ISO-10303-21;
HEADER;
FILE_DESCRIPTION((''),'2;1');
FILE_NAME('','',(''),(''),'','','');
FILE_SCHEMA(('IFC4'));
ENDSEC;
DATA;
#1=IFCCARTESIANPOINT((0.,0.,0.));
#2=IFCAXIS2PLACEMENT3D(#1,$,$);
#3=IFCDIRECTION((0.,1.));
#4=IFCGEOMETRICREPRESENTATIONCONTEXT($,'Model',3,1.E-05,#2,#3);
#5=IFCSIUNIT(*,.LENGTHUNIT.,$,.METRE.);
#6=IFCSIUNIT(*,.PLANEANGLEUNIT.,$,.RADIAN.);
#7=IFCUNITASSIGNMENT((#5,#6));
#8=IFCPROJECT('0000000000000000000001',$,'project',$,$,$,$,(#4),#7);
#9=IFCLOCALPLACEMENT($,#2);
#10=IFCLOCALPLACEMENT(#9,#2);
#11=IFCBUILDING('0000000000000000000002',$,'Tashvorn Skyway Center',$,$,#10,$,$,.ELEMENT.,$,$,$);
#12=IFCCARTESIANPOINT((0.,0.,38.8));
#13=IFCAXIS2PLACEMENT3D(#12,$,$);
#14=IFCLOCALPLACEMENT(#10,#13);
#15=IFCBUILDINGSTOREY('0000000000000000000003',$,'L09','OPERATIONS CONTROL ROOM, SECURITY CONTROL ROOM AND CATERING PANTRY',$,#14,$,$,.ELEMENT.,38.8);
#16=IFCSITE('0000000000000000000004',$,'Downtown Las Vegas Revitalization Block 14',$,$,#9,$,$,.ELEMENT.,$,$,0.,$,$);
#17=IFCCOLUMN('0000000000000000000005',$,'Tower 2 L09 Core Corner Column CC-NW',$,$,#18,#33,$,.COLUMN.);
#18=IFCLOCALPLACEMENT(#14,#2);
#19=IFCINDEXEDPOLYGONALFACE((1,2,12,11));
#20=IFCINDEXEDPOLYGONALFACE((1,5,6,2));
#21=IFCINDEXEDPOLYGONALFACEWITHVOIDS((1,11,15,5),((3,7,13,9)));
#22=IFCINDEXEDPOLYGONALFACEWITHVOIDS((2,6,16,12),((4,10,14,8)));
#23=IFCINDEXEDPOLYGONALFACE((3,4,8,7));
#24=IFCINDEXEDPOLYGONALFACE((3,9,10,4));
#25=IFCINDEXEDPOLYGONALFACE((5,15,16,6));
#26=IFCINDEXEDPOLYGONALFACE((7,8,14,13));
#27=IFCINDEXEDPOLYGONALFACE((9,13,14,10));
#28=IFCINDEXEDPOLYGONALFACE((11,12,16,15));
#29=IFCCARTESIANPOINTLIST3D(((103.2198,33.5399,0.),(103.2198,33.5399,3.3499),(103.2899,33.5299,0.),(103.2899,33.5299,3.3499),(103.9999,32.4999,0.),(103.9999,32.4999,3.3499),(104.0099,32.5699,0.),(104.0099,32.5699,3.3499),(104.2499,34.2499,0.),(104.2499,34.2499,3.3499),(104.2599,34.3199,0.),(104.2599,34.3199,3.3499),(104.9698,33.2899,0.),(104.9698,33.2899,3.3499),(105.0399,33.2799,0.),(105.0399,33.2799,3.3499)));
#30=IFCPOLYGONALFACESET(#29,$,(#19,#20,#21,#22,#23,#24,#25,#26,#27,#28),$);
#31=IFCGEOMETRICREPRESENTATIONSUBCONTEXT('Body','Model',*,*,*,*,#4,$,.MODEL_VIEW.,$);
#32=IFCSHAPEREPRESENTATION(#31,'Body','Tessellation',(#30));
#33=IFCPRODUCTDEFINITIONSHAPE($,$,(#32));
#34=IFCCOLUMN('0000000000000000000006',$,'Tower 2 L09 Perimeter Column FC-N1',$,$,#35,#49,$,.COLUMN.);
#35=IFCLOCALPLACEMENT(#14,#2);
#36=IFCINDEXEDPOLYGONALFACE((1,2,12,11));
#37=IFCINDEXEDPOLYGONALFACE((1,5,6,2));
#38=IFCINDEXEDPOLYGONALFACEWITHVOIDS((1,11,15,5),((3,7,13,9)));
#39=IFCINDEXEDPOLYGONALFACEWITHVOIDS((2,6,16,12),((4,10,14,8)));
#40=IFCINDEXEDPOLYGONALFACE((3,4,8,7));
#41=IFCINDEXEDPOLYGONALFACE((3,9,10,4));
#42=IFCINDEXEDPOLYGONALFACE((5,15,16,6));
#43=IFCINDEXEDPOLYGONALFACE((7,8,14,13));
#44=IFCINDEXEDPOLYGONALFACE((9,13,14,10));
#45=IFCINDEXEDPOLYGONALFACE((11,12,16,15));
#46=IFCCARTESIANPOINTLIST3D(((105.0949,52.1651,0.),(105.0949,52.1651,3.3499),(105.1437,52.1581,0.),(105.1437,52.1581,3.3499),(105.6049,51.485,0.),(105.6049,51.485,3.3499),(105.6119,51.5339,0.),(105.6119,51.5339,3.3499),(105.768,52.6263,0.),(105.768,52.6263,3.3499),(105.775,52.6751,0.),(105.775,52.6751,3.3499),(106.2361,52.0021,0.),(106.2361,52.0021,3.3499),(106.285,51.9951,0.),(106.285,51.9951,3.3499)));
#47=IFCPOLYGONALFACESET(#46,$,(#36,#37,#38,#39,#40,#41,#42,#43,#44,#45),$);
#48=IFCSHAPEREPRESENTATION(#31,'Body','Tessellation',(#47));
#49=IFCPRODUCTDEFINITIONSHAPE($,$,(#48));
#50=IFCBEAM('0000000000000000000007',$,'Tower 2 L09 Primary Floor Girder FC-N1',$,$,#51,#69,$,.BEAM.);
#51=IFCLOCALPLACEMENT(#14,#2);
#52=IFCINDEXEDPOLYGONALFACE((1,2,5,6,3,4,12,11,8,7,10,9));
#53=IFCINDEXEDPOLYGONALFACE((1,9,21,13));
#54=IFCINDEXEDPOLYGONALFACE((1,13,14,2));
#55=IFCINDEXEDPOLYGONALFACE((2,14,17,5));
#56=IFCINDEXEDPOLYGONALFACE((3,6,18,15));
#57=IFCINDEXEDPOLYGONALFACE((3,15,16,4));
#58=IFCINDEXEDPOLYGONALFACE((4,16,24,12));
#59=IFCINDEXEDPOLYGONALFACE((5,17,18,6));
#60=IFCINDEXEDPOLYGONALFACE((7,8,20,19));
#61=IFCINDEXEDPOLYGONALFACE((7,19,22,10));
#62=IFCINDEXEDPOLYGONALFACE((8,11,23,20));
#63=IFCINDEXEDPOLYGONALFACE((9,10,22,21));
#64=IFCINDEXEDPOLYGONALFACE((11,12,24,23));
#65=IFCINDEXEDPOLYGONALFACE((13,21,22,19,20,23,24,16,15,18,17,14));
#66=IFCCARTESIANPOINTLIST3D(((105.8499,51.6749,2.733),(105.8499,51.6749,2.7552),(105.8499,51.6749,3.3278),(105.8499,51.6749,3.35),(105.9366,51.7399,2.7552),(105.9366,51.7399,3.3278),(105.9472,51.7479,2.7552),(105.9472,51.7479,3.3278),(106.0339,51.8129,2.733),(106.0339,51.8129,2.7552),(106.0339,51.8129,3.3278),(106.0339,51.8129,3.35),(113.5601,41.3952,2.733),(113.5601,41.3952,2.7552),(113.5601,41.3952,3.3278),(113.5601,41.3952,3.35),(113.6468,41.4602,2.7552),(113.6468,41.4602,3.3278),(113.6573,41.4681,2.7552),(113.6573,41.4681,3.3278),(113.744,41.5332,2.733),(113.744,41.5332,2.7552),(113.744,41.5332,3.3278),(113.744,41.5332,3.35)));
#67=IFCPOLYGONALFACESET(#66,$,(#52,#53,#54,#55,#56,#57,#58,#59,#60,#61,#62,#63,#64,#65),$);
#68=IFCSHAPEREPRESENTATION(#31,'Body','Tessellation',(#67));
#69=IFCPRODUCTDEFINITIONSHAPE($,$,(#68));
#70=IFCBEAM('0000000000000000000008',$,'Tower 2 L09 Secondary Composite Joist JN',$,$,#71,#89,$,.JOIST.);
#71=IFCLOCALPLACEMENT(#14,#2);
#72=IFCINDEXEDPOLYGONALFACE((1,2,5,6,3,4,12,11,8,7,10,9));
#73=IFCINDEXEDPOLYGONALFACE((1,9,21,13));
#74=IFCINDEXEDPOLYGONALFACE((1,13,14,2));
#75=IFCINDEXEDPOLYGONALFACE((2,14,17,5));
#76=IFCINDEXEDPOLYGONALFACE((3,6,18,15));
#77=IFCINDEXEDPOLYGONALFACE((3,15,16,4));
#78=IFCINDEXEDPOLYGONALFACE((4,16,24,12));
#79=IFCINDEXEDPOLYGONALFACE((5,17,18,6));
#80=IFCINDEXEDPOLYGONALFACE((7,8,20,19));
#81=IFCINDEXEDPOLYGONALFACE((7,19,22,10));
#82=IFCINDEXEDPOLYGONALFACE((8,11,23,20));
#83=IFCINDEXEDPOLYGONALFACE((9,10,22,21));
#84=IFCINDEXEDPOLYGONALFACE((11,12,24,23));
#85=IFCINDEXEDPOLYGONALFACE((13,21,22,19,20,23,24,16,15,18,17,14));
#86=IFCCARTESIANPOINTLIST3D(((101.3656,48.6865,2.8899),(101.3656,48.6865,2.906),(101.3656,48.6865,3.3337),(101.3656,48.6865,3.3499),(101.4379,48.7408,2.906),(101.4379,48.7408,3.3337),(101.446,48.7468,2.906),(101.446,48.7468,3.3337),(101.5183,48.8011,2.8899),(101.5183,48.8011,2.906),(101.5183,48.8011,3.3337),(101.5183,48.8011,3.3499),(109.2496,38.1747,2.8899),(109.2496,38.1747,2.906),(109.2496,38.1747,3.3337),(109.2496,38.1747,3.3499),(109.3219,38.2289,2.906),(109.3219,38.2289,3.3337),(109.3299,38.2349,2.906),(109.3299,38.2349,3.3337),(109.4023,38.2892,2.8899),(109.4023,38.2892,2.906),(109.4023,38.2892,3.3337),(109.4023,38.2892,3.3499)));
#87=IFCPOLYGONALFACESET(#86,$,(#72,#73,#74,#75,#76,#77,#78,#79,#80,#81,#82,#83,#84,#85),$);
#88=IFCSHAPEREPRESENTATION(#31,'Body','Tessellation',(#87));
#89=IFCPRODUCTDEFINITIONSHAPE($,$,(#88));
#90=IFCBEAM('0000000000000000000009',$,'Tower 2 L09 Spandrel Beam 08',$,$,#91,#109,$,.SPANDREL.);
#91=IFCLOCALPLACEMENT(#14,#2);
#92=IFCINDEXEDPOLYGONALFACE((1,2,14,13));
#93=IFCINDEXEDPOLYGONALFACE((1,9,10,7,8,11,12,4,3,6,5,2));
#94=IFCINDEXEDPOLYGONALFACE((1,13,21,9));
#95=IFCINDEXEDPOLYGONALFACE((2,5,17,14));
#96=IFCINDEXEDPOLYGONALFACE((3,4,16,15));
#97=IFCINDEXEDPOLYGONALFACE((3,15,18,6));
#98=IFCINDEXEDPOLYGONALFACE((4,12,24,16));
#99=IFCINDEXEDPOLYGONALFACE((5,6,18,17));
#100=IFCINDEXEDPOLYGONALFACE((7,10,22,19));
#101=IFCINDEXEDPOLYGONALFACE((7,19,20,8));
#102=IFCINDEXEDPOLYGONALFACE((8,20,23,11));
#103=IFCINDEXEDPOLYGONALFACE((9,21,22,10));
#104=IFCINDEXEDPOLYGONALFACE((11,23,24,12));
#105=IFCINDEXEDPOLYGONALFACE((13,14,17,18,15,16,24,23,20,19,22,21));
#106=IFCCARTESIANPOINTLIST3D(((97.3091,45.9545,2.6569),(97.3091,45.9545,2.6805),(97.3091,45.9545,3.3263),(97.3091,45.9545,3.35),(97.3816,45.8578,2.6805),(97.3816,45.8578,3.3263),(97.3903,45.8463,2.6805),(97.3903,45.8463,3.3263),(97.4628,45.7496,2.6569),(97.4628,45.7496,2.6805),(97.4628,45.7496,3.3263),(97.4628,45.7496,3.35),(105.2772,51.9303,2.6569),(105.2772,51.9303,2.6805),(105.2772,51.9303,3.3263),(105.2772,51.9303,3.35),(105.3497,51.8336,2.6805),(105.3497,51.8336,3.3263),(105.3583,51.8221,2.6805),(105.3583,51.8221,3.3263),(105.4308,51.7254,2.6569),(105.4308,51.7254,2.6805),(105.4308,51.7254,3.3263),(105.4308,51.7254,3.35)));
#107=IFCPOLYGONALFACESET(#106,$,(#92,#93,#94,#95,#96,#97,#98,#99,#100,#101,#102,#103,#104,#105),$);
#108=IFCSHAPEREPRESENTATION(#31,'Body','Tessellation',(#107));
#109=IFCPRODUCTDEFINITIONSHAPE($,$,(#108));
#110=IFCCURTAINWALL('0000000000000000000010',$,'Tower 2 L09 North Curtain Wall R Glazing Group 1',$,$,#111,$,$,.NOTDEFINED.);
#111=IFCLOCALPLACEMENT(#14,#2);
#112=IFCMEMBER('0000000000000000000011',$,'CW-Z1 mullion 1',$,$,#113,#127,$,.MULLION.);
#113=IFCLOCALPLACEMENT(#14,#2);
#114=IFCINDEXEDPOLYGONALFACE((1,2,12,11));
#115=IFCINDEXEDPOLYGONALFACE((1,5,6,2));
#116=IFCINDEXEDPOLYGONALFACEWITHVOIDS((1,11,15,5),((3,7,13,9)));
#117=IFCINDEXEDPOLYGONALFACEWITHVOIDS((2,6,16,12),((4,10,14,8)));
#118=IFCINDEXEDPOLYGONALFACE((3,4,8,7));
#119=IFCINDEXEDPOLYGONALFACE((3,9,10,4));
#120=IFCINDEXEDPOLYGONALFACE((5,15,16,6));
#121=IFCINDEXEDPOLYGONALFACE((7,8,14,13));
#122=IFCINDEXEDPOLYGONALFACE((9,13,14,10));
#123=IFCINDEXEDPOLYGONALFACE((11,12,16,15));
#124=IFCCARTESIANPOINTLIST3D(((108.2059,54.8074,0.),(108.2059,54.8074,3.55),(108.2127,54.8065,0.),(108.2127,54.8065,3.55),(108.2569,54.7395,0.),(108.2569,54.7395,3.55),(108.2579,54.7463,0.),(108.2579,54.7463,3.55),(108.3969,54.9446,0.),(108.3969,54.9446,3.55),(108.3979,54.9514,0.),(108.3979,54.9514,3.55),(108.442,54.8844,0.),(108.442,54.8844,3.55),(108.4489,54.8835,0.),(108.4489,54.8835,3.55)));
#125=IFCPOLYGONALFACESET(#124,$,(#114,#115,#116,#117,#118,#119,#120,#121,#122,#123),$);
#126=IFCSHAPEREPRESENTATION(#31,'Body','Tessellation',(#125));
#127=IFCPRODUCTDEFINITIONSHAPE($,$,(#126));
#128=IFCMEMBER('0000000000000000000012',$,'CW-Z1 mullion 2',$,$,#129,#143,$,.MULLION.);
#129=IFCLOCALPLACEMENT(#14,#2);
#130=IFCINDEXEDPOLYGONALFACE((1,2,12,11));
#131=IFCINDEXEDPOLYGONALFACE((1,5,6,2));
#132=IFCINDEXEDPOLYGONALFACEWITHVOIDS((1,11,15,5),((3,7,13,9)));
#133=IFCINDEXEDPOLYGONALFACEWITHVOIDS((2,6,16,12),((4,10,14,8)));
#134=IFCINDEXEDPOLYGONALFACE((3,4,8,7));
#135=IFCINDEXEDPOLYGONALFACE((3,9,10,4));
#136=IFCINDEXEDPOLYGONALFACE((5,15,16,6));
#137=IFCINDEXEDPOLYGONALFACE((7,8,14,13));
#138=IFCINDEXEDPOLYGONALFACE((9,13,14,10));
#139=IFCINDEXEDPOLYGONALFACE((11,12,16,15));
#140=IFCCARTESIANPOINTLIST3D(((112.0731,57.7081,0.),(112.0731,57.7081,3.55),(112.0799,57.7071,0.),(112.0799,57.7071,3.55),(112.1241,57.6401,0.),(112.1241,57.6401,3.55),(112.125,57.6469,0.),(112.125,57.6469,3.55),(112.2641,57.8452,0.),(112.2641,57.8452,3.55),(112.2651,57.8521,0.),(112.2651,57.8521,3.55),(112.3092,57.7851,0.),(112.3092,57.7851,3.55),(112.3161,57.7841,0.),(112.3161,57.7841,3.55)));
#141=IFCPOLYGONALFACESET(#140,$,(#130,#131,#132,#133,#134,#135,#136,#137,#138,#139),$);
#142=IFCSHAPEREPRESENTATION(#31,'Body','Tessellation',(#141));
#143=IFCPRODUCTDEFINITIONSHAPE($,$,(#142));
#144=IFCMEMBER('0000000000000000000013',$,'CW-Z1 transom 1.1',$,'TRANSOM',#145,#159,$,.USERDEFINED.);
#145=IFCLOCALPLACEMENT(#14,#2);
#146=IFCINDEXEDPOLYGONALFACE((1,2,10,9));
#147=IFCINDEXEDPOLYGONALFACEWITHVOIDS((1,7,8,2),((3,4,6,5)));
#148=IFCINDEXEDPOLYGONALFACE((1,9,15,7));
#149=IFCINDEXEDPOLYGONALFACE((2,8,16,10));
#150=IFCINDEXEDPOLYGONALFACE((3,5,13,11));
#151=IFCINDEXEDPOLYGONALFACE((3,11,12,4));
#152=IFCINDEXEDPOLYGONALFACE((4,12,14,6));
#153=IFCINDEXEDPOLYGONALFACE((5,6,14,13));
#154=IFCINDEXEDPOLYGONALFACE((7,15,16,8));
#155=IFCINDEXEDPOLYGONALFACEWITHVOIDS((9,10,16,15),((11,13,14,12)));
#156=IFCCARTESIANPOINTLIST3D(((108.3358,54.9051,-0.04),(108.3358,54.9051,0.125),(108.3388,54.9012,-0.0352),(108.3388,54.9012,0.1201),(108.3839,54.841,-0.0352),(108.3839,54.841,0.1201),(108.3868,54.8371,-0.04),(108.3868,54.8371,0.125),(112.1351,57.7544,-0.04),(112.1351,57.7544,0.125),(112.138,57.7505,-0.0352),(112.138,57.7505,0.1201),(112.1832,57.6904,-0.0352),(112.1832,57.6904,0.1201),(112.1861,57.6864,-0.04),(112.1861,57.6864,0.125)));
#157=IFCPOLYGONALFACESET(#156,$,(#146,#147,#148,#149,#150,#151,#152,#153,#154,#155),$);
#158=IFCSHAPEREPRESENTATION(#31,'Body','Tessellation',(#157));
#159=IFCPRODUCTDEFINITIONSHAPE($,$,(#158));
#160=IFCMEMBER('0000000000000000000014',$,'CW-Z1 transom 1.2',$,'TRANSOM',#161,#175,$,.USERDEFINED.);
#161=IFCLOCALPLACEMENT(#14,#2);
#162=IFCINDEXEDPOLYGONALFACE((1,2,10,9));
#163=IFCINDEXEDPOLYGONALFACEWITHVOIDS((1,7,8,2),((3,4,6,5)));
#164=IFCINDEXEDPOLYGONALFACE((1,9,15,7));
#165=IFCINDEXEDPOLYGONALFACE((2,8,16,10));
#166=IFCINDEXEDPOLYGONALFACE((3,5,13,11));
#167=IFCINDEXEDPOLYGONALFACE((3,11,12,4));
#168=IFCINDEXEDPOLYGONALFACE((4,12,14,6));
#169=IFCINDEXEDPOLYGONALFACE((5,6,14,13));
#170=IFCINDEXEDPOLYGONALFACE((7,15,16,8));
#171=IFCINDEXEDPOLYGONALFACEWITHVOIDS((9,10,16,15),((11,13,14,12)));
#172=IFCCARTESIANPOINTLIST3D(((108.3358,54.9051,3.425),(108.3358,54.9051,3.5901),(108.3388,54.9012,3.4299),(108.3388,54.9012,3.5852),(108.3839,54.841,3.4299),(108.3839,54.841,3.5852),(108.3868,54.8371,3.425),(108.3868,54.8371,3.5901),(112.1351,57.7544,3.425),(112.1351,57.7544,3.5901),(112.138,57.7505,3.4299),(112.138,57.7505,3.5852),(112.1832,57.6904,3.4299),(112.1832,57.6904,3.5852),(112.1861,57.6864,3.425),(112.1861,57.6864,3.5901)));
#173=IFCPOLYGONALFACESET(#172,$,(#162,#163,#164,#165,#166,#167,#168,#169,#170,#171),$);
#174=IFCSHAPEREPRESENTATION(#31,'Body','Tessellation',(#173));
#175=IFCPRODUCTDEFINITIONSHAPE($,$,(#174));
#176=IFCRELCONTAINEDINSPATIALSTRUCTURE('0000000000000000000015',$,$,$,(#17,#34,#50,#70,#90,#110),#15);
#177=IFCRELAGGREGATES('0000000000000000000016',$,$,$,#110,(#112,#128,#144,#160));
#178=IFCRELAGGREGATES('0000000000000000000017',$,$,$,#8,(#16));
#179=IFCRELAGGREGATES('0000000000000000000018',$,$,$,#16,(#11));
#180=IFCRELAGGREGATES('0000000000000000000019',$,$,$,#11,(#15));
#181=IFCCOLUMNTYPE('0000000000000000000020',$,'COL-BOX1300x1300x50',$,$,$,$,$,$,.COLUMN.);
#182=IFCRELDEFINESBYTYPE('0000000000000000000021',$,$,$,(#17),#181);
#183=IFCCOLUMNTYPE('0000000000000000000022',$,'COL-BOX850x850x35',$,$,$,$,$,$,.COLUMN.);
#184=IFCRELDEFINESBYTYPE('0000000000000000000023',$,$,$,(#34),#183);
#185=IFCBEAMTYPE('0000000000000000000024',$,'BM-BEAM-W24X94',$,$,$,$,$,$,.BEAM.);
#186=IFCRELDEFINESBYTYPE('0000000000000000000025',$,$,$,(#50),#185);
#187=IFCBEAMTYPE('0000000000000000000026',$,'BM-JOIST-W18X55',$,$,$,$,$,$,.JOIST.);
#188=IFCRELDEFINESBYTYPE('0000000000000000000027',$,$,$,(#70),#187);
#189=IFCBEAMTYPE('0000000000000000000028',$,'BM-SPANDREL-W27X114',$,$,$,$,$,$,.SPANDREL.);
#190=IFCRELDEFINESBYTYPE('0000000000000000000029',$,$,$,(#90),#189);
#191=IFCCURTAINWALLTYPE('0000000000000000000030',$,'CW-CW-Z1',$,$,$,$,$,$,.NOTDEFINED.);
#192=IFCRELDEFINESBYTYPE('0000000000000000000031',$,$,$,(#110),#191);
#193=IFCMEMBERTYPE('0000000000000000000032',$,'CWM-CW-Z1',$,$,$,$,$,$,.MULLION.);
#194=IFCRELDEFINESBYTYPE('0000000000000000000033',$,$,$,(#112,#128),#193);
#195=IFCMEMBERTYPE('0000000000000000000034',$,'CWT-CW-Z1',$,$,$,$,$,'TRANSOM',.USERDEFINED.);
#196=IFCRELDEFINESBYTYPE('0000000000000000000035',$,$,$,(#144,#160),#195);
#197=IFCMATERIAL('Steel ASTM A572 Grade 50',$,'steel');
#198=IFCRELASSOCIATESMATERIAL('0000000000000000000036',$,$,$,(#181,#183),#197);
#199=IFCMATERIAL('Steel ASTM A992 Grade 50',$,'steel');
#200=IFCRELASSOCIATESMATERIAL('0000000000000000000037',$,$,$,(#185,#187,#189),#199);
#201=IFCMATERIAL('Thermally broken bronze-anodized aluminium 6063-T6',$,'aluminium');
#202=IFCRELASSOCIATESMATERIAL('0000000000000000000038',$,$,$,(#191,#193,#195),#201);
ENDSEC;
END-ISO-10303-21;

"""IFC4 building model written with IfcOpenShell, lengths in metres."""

from ifc_helpers import new_model, si_unit, direction, frame, origin, origin_2d, place, context, subcontext, project, spatial, hollow_rectangle, i_section, extrude, material, material_profile, profile_set, type_object, element, aggregate, save


model = new_model("IFC4")

# Units and contexts
model_context = context("Model", 3, precision=1e-05, world=origin(), true_north=direction((0.0, 1.0)))
body_context = subcontext(model_context, "Body", "Model", "MODEL_VIEW")
ifc_project = project(units=[si_unit("LENGTHUNIT", "METRE"), si_unit("PLANEANGLEUNIT", "RADIAN")], contexts=[model_context])

# Site, building, storey
site_placement = place(None, origin())
site = spatial("IfcSite", under=ifc_project, at=site_placement, Name="Downtown Las Vegas Revitalization Block 14", CompositionType="ELEMENT", RefElevation=0.0)
building_placement = place(site_placement, origin())
building = spatial("IfcBuilding", under=site, at=building_placement, Name="Tashvorn Skyway Center", CompositionType="ELEMENT")
storey_placement = place(building_placement, frame((0.0, 0.0, 38.8)))
storey = spatial("IfcBuildingStorey", under=building, at=storey_placement, Name="L09", Description="OPERATIONS CONTROL ROOM, SECURITY CONTROL ROOM AND CATERING PANTRY", CompositionType="ELEMENT", Elevation=38.8)

# Columns
ifc_material_1 = material(Name="Steel ASTM A572 Grade 50", Category="steel")
ifc_material_profile_1 = material_profile(ifc_material_1, hollow_rectangle(XDim=1.3, YDim=1.3, WallThickness=0.05, at=origin_2d()), Name="BOX1300x1300x50")
ifc_profile_set_1 = profile_set([ifc_material_profile_1], Name="Steel ASTM A572 Grade 50")
column_type_1 = type_object("IfcColumnType", Name="COL-BOX1300x1300x50", PredefinedType="COLUMN", material=ifc_profile_set_1)
column_1_placement = place(storey_placement, frame((104.1299, 33.4099, 0.0), z_axis=(0.0, 0.0, 1.0), x_axis=(0.8, 0.6, 0.0)))
element("IfcColumn", 1, at=column_1_placement, inside=storey, type_object=column_type_1, Name="Tower 2 L09 Core Corner Column CC-NW", PredefinedType="COLUMN", context=body_context, shape_type="SweptSolid", body=[
    extrude(hollow_rectangle(XDim=1.3, YDim=1.3, WallThickness=0.05, at=origin_2d()), origin(), (0.0, 0.0, 1.0), 3.3499),
])
ifc_material_profile_2 = material_profile(ifc_material_1, hollow_rectangle(XDim=0.8501, YDim=0.8501, WallThickness=0.0349, at=origin_2d()), Name="BOX850x850x35")
ifc_profile_set_2 = profile_set([ifc_material_profile_2], Name="Steel ASTM A572 Grade 50")
column_type_2 = type_object("IfcColumnType", Name="COL-BOX850x850x35", PredefinedType="COLUMN", material=ifc_profile_set_2)
column_2_placement = place(storey_placement, frame((105.6899, 52.0801, 0.0), z_axis=(0.0, 0.0, 1.0), x_axis=(0.8, 0.6, 0.0)))
element("IfcColumn", 2, at=column_2_placement, inside=storey, type_object=column_type_2, Name="Tower 2 L09 Perimeter Column FC-N1", PredefinedType="COLUMN", context=body_context, shape_type="SweptSolid", body=[
    extrude(hollow_rectangle(XDim=0.8501, YDim=0.8501, WallThickness=0.0349, at=origin_2d()), origin(), (0.0, 0.0, 1.0), 3.3499),
])

# Beams
ifc_material_2 = material(Name="Steel ASTM A992 Grade 50", Category="steel")
ifc_material_profile_3 = material_profile(ifc_material_2, i_section(OverallWidth=0.23, OverallDepth=0.6169, WebThickness=0.0132, FlangeThickness=0.0222, at=origin_2d()), Name="W24X94")
ifc_profile_set_3 = profile_set([ifc_material_profile_3], Name="Steel ASTM A992 Grade 50")
beam_type_1 = type_object("IfcBeamType", Name="BM-BEAM-W24X94", PredefinedType="BEAM", material=ifc_profile_set_3)
beam_1_placement = place(storey_placement, frame((105.9419, 51.7439, 3.0415), z_axis=(0.600018, -0.799986, 0.0), x_axis=(0.799986, 0.600018, 0.0)))
element("IfcBeam", 3, at=beam_1_placement, inside=storey, type_object=beam_type_1, Name="Tower 2 L09 Primary Floor Girder FC-N1", PredefinedType="BEAM", context=body_context, shape_type="SweptSolid", body=[
    extrude(i_section(OverallWidth=0.23, OverallDepth=0.6169, WebThickness=0.0132, FlangeThickness=0.0222, at=origin_2d()), origin(), (0.0, 0.0, 1.0), 12.8499),
])
ifc_material_profile_4 = material_profile(ifc_material_2, i_section(OverallWidth=0.1909, OverallDepth=0.46, WebThickness=0.01, FlangeThickness=0.0161, at=origin_2d()), Name="W18X55")
ifc_profile_set_4 = profile_set([ifc_material_profile_4], Name="Steel ASTM A992 Grade 50")
beam_type_2 = type_object("IfcBeamType", Name="BM-JOIST-W18X55", PredefinedType="JOIST", material=ifc_profile_set_4)
beam_2_placement = place(storey_placement, frame((109.3259, 38.2319, 3.1199), z_axis=(-0.600003, 0.799998, 0.0), x_axis=(-0.799998, -0.600003, 0.0)))
element("IfcBeam", 4, at=beam_2_placement, inside=storey, type_object=beam_type_2, Name="Tower 2 L09 Secondary Composite Joist JN", PredefinedType="JOIST", context=body_context, shape_type="SweptSolid", body=[
    extrude(i_section(OverallWidth=0.1909, OverallDepth=0.46, WebThickness=0.01, FlangeThickness=0.0161, at=origin_2d()), origin(), (0.0, 0.0, 1.0), 13.1399),
])
ifc_material_profile_5 = material_profile(ifc_material_2, i_section(OverallWidth=0.2561, OverallDepth=0.6931, WebThickness=0.0144, FlangeThickness=0.0237, at=origin_2d()), Name="W27X114")
ifc_profile_set_5 = profile_set([ifc_material_profile_5], Name="Steel ASTM A992 Grade 50")
beam_type_3 = type_object("IfcBeamType", Name="BM-SPANDREL-W27X114", PredefinedType="SPANDREL", material=ifc_profile_set_5)
beam_3_placement = place(storey_placement, frame((105.354, 51.8279, 3.0034), z_axis=(-0.800009, -0.599988, 0.0), x_axis=(0.599988, -0.800009, 0.0)))
element("IfcBeam", 5, at=beam_3_placement, inside=storey, type_object=beam_type_3, Name="Tower 2 L09 Spandrel Beam 08", PredefinedType="SPANDREL", context=body_context, shape_type="SweptSolid", body=[
    extrude(i_section(OverallWidth=0.2561, OverallDepth=0.6931, WebThickness=0.0144, FlangeThickness=0.0237, at=origin_2d()), origin(), (0.0, 0.0, 1.0), 9.96),
])

# Curtain wall, members
ifc_material_3 = material(Name="Thermally broken bronze-anodized aluminium 6063-T6", Category="aluminium")
curtain_wall_type = type_object("IfcCurtainWallType", Name="CW-CW-Z1", PredefinedType="NOTDEFINED", material=ifc_material_3)
curtain_wall_placement = place(storey_placement, origin())
curtain_wall = element("IfcCurtainWall", 6, at=curtain_wall_placement, inside=storey, type_object=curtain_wall_type, Name="Tower 2 L09 North Curtain Wall R Glazing Group 1", PredefinedType="NOTDEFINED")
ifc_material_profile_6 = material_profile(ifc_material_3, hollow_rectangle(XDim=0.085, YDim=0.24, WallThickness=0.0049, at=origin_2d()), Name="ALU-MULL-85x240")
ifc_profile_set_6 = profile_set([ifc_material_profile_6], Name="Thermally broken bronze-anodized aluminium 6063-T6")
member_type_1 = type_object("IfcMemberType", Name="CWM-CW-Z1", PredefinedType="MULLION", material=ifc_profile_set_6)
member_1_placement = place(storey_placement, frame((108.3274, 54.8455, 0.0), z_axis=(0.0, 0.0, 1.0), x_axis=(-0.599998, 0.800001, 0.0)))
member_1 = element("IfcMember", 7, at=member_1_placement, type_object=member_type_1, Name="CW-Z1 mullion 1", PredefinedType="MULLION", context=body_context, shape_type="SweptSolid", body=[
    extrude(hollow_rectangle(XDim=0.085, YDim=0.24, WallThickness=0.0049, at=origin_2d()), origin(), (0.0, 0.0, 1.0), 3.55),
])
member_2_placement = place(storey_placement, frame((112.1946, 57.7461, 0.0), z_axis=(0.0, 0.0, 1.0), x_axis=(-0.599998, 0.800001, 0.0)))
member_2 = element("IfcMember", 8, at=member_2_placement, type_object=member_type_1, Name="CW-Z1 mullion 2", PredefinedType="MULLION", context=body_context, shape_type="SweptSolid", body=[
    extrude(hollow_rectangle(XDim=0.085, YDim=0.24, WallThickness=0.0049, at=origin_2d()), origin(), (0.0, 0.0, 1.0), 3.55),
])
ifc_material_profile_7 = material_profile(ifc_material_3, hollow_rectangle(XDim=0.085, YDim=0.165, WallThickness=0.0049, at=origin_2d()), Name="ALU-TRAN-85x165")
ifc_profile_set_7 = profile_set([ifc_material_profile_7], Name="Thermally broken bronze-anodized aluminium 6063-T6")
member_type_2 = type_object("IfcMemberType", Name="CWT-CW-Z1", ElementType="TRANSOM", PredefinedType="USERDEFINED", material=ifc_profile_set_7)
member_3_placement = place(storey_placement, frame((108.3613, 54.8711, 0.0425), z_axis=(0.800012, 0.599984, 0.0), x_axis=(-0.599984, 0.800012, 0.0)))
member_3 = element("IfcMember", 9, at=member_3_placement, type_object=member_type_2, Name="CW-Z1 transom 1.1", ObjectType="TRANSOM", PredefinedType="USERDEFINED", context=body_context, shape_type="SweptSolid", body=[
    extrude(hollow_rectangle(XDim=0.085, YDim=0.165, WallThickness=0.0049, at=origin_2d()), origin(), (0.0, 0.0, 1.0), 4.749),
])
member_4_placement = place(storey_placement, frame((108.3613, 54.8711, 3.5076), z_axis=(0.800012, 0.599984, 0.0), x_axis=(-0.599984, 0.800012, 0.0)))
member_4 = element("IfcMember", 10, at=member_4_placement, type_object=member_type_2, Name="CW-Z1 transom 1.2", ObjectType="TRANSOM", PredefinedType="USERDEFINED", context=body_context, shape_type="SweptSolid", body=[
    extrude(hollow_rectangle(XDim=0.085, YDim=0.165, WallThickness=0.0049, at=origin_2d()), origin(), (0.0, 0.0, 1.0), 4.749),
])
aggregate(curtain_wall, [member_1, member_2, member_3, member_4])

save(model, "model.ifc")
